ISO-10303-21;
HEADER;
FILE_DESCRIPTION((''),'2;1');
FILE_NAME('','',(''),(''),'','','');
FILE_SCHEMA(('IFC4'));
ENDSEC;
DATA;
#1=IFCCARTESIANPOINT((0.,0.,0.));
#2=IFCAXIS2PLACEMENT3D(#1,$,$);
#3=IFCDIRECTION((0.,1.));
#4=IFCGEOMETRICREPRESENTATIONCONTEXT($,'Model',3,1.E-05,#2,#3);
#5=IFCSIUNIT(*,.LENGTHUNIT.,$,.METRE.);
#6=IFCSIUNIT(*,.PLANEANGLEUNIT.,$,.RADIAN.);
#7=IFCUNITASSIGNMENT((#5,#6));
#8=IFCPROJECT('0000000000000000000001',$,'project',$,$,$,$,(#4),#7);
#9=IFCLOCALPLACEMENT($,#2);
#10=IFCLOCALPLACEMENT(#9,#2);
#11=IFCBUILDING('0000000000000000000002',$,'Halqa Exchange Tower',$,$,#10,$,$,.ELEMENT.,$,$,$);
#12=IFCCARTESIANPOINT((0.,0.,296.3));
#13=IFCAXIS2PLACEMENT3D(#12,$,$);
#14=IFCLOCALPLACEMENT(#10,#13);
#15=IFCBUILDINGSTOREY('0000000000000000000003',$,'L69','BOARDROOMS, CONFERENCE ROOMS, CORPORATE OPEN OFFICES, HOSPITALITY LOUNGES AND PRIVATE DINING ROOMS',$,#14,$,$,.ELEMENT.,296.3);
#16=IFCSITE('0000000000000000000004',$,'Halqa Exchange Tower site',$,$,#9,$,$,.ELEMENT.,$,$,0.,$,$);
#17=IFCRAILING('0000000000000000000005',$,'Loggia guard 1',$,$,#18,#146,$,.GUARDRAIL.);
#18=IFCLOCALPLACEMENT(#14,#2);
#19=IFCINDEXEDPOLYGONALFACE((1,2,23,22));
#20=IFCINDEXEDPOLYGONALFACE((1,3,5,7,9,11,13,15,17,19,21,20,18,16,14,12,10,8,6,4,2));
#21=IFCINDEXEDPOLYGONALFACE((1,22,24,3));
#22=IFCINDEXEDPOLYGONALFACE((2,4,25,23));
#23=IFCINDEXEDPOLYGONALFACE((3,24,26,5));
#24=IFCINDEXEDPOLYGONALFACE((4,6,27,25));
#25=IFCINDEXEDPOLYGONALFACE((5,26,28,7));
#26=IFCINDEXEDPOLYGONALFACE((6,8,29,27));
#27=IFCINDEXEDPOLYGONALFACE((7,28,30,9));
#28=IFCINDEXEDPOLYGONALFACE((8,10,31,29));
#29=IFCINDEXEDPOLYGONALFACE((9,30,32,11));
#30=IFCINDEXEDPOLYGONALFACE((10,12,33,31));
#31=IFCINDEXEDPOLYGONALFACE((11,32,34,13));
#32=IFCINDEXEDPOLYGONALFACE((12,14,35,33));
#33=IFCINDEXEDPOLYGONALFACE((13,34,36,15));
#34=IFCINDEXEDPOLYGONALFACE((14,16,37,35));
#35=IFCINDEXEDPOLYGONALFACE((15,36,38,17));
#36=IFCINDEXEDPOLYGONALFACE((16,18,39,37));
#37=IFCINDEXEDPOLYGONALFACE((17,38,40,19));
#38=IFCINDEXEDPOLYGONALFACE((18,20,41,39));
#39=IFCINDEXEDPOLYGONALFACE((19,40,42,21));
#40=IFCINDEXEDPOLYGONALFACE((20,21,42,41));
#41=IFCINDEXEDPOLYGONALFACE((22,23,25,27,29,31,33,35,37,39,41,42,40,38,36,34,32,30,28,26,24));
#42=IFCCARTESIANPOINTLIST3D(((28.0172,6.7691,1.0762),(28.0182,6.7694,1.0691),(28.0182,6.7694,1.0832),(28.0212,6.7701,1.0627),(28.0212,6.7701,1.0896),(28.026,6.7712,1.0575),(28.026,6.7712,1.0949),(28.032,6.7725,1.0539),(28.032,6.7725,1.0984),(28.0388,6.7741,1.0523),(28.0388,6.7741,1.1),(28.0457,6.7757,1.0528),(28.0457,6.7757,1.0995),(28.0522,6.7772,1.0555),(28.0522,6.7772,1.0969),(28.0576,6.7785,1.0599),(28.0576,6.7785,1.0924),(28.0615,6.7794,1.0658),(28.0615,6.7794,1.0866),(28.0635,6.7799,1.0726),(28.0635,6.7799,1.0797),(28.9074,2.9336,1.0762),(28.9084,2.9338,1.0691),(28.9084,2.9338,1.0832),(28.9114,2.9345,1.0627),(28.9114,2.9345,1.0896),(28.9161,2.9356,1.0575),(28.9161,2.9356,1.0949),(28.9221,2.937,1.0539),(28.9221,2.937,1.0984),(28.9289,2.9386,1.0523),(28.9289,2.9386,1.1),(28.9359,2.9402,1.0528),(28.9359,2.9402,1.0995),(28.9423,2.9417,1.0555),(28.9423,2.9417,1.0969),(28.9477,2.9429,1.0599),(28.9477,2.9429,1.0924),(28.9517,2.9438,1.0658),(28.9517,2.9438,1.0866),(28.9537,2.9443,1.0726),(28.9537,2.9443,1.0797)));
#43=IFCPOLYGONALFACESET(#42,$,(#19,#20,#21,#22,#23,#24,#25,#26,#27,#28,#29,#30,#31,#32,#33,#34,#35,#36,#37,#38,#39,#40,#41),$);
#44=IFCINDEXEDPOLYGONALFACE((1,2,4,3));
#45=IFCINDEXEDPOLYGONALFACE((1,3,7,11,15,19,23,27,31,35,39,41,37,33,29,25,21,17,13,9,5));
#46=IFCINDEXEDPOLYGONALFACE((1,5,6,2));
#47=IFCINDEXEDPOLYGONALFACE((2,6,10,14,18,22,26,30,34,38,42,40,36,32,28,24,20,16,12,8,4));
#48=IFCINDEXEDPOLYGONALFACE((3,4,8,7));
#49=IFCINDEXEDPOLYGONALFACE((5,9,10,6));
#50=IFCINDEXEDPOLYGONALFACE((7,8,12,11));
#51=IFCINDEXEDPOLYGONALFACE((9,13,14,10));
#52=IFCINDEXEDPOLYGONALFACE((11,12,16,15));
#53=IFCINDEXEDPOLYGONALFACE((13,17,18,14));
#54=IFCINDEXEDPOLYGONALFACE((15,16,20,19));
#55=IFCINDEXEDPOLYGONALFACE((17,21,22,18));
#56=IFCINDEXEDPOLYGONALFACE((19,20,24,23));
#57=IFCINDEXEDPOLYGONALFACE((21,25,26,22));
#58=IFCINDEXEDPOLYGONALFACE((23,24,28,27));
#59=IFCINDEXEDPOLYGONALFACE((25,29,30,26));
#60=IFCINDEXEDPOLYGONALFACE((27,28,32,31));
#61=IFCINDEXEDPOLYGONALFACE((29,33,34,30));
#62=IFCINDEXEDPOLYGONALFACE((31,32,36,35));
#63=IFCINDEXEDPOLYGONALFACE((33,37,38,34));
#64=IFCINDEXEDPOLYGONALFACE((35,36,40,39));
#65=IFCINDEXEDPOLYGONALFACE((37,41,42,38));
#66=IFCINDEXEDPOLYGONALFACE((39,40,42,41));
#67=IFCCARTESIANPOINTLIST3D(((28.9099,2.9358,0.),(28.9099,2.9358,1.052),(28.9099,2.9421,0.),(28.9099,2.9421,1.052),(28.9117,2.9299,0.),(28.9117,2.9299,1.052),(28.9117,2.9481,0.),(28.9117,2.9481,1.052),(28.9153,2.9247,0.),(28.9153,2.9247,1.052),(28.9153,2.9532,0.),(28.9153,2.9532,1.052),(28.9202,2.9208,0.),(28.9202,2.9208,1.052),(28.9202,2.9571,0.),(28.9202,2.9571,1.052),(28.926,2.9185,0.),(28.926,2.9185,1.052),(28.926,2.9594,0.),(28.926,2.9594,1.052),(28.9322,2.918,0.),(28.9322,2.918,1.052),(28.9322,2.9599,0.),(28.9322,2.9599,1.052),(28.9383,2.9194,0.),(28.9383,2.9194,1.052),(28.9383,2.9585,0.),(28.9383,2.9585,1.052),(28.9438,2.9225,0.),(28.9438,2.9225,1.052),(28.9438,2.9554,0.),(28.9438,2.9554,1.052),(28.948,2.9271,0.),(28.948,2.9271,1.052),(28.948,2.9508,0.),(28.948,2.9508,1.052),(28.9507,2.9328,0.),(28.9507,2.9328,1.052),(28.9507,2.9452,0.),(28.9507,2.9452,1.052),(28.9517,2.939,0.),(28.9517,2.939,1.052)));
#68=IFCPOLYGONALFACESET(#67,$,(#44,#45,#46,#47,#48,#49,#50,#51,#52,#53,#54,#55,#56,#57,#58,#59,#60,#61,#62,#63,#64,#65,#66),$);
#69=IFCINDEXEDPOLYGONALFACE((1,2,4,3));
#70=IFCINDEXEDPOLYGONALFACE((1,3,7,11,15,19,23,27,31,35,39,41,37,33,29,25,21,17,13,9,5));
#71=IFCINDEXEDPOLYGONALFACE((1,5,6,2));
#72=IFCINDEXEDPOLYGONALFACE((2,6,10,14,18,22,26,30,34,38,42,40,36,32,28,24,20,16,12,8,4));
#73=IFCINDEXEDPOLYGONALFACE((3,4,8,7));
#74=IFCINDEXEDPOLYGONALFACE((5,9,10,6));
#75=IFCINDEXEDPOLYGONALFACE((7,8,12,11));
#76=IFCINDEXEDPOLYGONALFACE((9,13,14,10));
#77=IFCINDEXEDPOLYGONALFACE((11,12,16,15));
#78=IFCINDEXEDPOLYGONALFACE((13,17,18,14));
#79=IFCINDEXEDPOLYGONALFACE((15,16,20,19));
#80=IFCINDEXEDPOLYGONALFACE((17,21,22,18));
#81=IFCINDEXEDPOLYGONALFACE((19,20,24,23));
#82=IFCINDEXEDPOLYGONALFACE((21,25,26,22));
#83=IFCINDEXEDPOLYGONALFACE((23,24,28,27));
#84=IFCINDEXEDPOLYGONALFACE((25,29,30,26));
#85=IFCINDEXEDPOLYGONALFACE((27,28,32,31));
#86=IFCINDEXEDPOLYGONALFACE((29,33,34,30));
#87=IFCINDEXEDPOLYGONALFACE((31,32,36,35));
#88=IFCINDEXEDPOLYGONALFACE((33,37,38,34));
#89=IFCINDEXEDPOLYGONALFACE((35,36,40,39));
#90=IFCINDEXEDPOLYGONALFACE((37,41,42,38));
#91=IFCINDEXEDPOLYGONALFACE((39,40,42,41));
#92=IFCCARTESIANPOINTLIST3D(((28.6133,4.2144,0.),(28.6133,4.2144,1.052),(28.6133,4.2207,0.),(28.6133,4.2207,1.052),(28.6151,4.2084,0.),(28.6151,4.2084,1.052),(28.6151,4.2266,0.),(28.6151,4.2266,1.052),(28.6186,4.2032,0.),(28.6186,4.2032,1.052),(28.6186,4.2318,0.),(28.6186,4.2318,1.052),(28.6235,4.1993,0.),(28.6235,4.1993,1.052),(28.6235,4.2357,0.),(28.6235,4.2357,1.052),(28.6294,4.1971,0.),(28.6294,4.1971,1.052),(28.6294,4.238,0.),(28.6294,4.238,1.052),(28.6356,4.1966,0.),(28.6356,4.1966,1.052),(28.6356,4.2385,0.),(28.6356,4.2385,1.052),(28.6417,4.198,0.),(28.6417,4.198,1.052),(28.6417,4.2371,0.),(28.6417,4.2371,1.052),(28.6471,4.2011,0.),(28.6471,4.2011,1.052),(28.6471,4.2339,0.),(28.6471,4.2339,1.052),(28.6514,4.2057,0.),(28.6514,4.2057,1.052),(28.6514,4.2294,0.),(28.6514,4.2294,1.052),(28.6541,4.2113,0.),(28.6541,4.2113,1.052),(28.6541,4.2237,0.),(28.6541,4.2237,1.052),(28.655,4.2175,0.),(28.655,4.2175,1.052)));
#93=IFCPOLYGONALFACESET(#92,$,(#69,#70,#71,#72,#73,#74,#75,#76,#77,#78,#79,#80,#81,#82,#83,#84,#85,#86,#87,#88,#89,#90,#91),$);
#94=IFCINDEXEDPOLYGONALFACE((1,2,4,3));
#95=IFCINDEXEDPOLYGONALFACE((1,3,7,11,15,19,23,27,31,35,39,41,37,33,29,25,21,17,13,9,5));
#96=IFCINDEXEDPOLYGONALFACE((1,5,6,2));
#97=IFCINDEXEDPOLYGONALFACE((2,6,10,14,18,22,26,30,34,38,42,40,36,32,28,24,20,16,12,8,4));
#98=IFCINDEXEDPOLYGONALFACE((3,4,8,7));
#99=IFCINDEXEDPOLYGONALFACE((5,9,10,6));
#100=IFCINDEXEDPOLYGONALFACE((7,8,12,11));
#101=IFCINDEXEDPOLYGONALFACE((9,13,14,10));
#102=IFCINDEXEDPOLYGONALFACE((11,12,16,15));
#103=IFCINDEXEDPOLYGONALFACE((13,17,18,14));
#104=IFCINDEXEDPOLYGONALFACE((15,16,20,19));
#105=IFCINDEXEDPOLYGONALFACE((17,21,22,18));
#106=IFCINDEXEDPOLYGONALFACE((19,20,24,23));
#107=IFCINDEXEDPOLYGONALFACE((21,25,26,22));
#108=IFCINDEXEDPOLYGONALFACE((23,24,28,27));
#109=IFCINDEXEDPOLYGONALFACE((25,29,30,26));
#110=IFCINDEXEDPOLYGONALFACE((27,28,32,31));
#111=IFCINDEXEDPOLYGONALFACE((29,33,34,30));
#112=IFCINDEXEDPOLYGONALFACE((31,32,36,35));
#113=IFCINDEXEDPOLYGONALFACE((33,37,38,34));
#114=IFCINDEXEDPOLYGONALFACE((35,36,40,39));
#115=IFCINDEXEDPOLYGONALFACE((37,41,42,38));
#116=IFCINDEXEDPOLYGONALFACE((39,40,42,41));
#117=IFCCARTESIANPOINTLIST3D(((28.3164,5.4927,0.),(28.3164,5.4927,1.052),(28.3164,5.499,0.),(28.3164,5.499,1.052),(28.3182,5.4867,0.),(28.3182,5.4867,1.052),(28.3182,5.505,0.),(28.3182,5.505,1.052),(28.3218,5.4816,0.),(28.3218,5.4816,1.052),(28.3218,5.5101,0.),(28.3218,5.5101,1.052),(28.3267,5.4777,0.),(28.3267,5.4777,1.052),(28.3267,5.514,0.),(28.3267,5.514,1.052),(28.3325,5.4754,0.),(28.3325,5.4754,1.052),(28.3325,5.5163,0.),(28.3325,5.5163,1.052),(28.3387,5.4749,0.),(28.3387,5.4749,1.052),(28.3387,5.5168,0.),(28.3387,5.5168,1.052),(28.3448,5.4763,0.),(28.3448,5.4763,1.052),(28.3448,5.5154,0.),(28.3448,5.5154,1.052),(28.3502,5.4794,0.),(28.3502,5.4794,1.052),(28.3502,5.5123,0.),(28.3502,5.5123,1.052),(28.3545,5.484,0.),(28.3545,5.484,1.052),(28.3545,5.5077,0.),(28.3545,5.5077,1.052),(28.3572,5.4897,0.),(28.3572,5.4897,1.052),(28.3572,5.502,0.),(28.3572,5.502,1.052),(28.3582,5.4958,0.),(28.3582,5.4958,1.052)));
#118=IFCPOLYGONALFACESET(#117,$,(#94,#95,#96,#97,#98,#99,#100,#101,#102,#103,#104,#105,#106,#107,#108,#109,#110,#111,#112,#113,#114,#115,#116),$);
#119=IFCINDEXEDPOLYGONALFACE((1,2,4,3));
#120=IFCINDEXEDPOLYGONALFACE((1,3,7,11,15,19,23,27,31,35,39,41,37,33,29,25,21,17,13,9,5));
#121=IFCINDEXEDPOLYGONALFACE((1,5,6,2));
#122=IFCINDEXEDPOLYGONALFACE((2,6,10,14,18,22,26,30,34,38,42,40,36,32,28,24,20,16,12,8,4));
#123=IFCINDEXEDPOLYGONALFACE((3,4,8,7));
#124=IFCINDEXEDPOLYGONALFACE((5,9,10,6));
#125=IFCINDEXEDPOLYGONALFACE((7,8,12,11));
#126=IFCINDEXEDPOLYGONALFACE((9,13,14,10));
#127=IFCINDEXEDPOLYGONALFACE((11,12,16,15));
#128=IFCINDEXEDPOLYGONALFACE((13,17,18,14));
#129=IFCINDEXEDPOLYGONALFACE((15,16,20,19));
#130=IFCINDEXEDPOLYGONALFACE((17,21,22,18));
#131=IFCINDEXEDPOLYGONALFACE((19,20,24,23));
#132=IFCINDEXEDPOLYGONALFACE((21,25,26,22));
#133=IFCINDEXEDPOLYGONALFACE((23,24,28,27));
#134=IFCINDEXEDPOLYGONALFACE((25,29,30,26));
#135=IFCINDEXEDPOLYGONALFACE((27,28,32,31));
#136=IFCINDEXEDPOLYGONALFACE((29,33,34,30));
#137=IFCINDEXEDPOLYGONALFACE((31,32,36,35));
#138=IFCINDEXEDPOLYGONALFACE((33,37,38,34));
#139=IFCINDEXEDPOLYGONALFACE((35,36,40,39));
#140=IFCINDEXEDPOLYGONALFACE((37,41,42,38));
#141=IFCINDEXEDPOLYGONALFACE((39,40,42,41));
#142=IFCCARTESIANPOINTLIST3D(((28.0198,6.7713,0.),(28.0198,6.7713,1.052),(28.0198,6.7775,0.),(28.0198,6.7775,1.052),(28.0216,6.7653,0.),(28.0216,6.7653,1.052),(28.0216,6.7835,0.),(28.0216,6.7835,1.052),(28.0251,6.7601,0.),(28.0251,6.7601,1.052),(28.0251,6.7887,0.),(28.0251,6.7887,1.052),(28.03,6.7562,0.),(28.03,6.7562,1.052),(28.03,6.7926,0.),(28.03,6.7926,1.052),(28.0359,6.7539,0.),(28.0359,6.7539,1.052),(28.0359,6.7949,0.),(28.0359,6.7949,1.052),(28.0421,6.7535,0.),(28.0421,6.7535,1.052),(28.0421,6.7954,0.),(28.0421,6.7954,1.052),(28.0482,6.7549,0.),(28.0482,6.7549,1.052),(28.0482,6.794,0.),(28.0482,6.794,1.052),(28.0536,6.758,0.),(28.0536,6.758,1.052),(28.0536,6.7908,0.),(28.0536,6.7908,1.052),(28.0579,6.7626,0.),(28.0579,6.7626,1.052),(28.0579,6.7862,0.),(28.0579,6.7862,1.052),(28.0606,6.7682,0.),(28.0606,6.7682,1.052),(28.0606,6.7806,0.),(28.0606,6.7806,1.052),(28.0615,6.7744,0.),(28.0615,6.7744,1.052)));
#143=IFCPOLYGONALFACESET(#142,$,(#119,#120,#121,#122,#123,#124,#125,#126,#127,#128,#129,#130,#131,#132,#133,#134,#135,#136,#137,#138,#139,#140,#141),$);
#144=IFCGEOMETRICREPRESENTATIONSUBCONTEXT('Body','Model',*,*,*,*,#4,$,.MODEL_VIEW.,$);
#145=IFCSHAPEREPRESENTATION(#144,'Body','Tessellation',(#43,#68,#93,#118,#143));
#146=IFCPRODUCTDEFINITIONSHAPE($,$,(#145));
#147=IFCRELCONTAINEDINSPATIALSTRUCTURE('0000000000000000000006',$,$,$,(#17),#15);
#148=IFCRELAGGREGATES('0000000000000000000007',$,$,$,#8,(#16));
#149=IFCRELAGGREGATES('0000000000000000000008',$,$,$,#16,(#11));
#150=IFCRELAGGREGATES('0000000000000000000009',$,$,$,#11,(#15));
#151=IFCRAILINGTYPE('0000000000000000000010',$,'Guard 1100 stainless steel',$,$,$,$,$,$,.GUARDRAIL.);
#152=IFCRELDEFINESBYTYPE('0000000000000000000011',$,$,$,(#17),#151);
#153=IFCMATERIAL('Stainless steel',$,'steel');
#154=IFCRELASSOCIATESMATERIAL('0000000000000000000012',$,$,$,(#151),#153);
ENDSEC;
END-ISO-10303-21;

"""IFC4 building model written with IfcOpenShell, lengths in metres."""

from ifc_helpers import new_model, si_unit, direction, frame, origin, origin_2d, place, context, subcontext, project, spatial, circle, extrude, material, type_object, element, save


model = new_model("IFC4")

# Units and contexts
model_context = context("Model", 3, precision=1e-05, world=origin(), true_north=direction((0.0, 1.0)))
body_context = subcontext(model_context, "Body", "Model", "MODEL_VIEW")
ifc_project = project(units=[si_unit("LENGTHUNIT", "METRE"), si_unit("PLANEANGLEUNIT", "RADIAN")], contexts=[model_context])

# Site, building, storey
site_placement = place(None, origin())
site = spatial("IfcSite", under=ifc_project, at=site_placement, Name="Halqa Exchange Tower site", CompositionType="ELEMENT", RefElevation=0.0)
building_placement = place(site_placement, origin())
building = spatial("IfcBuilding", under=site, at=building_placement, Name="Halqa Exchange Tower", CompositionType="ELEMENT")
storey_placement = place(building_placement, frame((0.0, 0.0, 296.3)))
storey = spatial("IfcBuildingStorey", under=building, at=storey_placement, Name="L69", Description="BOARDROOMS, CONFERENCE ROOMS, CORPORATE OPEN OFFICES, HOSPITALITY LOUNGES AND PRIVATE DINING ROOMS", CompositionType="ELEMENT", Elevation=296.3)

# Railing
ifc_material_1 = material(Name="Stainless steel", Category="steel")
railing_type = type_object("IfcRailingType", Name="Guard 1100 stainless steel", PredefinedType="GUARDRAIL", material=ifc_material_1)
railing_1_placement = place(storey_placement, frame((28.9307, 2.939, 0.0)))
element("IfcRailing", 1, at=railing_1_placement, inside=storey, type_object=railing_type, Name="Loggia guard 1", PredefinedType="GUARDRAIL", context=body_context, shape_type="SweptSolid", body=[
    extrude(circle(Radius=0.0239, at=origin_2d()), frame((0.0, 0.0, 1.0762), z_axis=(-0.226073, 0.97411, 0.0), x_axis=(-0.97411, -0.226073, 0.0)), (0.0, 0.0, 1.0), 3.9375),
    extrude(circle(Radius=0.021, at=origin_2d()), origin(), (0.0, 0.0, 1.0), 1.052),
    extrude(circle(Radius=0.021, at=origin_2d()), frame((-0.2966, 1.2786, 0.0)), (0.0, 0.0, 1.0), 1.052),
    extrude(circle(Radius=0.021, at=origin_2d()), frame((-0.5935, 2.5569, 0.0)), (0.0, 0.0, 1.0), 1.052),
    extrude(circle(Radius=0.021, at=origin_2d()), frame((-0.8901, 3.8354, 0.0)), (0.0, 0.0, 1.0), 1.052),
])

save(model, "model.ifc")
